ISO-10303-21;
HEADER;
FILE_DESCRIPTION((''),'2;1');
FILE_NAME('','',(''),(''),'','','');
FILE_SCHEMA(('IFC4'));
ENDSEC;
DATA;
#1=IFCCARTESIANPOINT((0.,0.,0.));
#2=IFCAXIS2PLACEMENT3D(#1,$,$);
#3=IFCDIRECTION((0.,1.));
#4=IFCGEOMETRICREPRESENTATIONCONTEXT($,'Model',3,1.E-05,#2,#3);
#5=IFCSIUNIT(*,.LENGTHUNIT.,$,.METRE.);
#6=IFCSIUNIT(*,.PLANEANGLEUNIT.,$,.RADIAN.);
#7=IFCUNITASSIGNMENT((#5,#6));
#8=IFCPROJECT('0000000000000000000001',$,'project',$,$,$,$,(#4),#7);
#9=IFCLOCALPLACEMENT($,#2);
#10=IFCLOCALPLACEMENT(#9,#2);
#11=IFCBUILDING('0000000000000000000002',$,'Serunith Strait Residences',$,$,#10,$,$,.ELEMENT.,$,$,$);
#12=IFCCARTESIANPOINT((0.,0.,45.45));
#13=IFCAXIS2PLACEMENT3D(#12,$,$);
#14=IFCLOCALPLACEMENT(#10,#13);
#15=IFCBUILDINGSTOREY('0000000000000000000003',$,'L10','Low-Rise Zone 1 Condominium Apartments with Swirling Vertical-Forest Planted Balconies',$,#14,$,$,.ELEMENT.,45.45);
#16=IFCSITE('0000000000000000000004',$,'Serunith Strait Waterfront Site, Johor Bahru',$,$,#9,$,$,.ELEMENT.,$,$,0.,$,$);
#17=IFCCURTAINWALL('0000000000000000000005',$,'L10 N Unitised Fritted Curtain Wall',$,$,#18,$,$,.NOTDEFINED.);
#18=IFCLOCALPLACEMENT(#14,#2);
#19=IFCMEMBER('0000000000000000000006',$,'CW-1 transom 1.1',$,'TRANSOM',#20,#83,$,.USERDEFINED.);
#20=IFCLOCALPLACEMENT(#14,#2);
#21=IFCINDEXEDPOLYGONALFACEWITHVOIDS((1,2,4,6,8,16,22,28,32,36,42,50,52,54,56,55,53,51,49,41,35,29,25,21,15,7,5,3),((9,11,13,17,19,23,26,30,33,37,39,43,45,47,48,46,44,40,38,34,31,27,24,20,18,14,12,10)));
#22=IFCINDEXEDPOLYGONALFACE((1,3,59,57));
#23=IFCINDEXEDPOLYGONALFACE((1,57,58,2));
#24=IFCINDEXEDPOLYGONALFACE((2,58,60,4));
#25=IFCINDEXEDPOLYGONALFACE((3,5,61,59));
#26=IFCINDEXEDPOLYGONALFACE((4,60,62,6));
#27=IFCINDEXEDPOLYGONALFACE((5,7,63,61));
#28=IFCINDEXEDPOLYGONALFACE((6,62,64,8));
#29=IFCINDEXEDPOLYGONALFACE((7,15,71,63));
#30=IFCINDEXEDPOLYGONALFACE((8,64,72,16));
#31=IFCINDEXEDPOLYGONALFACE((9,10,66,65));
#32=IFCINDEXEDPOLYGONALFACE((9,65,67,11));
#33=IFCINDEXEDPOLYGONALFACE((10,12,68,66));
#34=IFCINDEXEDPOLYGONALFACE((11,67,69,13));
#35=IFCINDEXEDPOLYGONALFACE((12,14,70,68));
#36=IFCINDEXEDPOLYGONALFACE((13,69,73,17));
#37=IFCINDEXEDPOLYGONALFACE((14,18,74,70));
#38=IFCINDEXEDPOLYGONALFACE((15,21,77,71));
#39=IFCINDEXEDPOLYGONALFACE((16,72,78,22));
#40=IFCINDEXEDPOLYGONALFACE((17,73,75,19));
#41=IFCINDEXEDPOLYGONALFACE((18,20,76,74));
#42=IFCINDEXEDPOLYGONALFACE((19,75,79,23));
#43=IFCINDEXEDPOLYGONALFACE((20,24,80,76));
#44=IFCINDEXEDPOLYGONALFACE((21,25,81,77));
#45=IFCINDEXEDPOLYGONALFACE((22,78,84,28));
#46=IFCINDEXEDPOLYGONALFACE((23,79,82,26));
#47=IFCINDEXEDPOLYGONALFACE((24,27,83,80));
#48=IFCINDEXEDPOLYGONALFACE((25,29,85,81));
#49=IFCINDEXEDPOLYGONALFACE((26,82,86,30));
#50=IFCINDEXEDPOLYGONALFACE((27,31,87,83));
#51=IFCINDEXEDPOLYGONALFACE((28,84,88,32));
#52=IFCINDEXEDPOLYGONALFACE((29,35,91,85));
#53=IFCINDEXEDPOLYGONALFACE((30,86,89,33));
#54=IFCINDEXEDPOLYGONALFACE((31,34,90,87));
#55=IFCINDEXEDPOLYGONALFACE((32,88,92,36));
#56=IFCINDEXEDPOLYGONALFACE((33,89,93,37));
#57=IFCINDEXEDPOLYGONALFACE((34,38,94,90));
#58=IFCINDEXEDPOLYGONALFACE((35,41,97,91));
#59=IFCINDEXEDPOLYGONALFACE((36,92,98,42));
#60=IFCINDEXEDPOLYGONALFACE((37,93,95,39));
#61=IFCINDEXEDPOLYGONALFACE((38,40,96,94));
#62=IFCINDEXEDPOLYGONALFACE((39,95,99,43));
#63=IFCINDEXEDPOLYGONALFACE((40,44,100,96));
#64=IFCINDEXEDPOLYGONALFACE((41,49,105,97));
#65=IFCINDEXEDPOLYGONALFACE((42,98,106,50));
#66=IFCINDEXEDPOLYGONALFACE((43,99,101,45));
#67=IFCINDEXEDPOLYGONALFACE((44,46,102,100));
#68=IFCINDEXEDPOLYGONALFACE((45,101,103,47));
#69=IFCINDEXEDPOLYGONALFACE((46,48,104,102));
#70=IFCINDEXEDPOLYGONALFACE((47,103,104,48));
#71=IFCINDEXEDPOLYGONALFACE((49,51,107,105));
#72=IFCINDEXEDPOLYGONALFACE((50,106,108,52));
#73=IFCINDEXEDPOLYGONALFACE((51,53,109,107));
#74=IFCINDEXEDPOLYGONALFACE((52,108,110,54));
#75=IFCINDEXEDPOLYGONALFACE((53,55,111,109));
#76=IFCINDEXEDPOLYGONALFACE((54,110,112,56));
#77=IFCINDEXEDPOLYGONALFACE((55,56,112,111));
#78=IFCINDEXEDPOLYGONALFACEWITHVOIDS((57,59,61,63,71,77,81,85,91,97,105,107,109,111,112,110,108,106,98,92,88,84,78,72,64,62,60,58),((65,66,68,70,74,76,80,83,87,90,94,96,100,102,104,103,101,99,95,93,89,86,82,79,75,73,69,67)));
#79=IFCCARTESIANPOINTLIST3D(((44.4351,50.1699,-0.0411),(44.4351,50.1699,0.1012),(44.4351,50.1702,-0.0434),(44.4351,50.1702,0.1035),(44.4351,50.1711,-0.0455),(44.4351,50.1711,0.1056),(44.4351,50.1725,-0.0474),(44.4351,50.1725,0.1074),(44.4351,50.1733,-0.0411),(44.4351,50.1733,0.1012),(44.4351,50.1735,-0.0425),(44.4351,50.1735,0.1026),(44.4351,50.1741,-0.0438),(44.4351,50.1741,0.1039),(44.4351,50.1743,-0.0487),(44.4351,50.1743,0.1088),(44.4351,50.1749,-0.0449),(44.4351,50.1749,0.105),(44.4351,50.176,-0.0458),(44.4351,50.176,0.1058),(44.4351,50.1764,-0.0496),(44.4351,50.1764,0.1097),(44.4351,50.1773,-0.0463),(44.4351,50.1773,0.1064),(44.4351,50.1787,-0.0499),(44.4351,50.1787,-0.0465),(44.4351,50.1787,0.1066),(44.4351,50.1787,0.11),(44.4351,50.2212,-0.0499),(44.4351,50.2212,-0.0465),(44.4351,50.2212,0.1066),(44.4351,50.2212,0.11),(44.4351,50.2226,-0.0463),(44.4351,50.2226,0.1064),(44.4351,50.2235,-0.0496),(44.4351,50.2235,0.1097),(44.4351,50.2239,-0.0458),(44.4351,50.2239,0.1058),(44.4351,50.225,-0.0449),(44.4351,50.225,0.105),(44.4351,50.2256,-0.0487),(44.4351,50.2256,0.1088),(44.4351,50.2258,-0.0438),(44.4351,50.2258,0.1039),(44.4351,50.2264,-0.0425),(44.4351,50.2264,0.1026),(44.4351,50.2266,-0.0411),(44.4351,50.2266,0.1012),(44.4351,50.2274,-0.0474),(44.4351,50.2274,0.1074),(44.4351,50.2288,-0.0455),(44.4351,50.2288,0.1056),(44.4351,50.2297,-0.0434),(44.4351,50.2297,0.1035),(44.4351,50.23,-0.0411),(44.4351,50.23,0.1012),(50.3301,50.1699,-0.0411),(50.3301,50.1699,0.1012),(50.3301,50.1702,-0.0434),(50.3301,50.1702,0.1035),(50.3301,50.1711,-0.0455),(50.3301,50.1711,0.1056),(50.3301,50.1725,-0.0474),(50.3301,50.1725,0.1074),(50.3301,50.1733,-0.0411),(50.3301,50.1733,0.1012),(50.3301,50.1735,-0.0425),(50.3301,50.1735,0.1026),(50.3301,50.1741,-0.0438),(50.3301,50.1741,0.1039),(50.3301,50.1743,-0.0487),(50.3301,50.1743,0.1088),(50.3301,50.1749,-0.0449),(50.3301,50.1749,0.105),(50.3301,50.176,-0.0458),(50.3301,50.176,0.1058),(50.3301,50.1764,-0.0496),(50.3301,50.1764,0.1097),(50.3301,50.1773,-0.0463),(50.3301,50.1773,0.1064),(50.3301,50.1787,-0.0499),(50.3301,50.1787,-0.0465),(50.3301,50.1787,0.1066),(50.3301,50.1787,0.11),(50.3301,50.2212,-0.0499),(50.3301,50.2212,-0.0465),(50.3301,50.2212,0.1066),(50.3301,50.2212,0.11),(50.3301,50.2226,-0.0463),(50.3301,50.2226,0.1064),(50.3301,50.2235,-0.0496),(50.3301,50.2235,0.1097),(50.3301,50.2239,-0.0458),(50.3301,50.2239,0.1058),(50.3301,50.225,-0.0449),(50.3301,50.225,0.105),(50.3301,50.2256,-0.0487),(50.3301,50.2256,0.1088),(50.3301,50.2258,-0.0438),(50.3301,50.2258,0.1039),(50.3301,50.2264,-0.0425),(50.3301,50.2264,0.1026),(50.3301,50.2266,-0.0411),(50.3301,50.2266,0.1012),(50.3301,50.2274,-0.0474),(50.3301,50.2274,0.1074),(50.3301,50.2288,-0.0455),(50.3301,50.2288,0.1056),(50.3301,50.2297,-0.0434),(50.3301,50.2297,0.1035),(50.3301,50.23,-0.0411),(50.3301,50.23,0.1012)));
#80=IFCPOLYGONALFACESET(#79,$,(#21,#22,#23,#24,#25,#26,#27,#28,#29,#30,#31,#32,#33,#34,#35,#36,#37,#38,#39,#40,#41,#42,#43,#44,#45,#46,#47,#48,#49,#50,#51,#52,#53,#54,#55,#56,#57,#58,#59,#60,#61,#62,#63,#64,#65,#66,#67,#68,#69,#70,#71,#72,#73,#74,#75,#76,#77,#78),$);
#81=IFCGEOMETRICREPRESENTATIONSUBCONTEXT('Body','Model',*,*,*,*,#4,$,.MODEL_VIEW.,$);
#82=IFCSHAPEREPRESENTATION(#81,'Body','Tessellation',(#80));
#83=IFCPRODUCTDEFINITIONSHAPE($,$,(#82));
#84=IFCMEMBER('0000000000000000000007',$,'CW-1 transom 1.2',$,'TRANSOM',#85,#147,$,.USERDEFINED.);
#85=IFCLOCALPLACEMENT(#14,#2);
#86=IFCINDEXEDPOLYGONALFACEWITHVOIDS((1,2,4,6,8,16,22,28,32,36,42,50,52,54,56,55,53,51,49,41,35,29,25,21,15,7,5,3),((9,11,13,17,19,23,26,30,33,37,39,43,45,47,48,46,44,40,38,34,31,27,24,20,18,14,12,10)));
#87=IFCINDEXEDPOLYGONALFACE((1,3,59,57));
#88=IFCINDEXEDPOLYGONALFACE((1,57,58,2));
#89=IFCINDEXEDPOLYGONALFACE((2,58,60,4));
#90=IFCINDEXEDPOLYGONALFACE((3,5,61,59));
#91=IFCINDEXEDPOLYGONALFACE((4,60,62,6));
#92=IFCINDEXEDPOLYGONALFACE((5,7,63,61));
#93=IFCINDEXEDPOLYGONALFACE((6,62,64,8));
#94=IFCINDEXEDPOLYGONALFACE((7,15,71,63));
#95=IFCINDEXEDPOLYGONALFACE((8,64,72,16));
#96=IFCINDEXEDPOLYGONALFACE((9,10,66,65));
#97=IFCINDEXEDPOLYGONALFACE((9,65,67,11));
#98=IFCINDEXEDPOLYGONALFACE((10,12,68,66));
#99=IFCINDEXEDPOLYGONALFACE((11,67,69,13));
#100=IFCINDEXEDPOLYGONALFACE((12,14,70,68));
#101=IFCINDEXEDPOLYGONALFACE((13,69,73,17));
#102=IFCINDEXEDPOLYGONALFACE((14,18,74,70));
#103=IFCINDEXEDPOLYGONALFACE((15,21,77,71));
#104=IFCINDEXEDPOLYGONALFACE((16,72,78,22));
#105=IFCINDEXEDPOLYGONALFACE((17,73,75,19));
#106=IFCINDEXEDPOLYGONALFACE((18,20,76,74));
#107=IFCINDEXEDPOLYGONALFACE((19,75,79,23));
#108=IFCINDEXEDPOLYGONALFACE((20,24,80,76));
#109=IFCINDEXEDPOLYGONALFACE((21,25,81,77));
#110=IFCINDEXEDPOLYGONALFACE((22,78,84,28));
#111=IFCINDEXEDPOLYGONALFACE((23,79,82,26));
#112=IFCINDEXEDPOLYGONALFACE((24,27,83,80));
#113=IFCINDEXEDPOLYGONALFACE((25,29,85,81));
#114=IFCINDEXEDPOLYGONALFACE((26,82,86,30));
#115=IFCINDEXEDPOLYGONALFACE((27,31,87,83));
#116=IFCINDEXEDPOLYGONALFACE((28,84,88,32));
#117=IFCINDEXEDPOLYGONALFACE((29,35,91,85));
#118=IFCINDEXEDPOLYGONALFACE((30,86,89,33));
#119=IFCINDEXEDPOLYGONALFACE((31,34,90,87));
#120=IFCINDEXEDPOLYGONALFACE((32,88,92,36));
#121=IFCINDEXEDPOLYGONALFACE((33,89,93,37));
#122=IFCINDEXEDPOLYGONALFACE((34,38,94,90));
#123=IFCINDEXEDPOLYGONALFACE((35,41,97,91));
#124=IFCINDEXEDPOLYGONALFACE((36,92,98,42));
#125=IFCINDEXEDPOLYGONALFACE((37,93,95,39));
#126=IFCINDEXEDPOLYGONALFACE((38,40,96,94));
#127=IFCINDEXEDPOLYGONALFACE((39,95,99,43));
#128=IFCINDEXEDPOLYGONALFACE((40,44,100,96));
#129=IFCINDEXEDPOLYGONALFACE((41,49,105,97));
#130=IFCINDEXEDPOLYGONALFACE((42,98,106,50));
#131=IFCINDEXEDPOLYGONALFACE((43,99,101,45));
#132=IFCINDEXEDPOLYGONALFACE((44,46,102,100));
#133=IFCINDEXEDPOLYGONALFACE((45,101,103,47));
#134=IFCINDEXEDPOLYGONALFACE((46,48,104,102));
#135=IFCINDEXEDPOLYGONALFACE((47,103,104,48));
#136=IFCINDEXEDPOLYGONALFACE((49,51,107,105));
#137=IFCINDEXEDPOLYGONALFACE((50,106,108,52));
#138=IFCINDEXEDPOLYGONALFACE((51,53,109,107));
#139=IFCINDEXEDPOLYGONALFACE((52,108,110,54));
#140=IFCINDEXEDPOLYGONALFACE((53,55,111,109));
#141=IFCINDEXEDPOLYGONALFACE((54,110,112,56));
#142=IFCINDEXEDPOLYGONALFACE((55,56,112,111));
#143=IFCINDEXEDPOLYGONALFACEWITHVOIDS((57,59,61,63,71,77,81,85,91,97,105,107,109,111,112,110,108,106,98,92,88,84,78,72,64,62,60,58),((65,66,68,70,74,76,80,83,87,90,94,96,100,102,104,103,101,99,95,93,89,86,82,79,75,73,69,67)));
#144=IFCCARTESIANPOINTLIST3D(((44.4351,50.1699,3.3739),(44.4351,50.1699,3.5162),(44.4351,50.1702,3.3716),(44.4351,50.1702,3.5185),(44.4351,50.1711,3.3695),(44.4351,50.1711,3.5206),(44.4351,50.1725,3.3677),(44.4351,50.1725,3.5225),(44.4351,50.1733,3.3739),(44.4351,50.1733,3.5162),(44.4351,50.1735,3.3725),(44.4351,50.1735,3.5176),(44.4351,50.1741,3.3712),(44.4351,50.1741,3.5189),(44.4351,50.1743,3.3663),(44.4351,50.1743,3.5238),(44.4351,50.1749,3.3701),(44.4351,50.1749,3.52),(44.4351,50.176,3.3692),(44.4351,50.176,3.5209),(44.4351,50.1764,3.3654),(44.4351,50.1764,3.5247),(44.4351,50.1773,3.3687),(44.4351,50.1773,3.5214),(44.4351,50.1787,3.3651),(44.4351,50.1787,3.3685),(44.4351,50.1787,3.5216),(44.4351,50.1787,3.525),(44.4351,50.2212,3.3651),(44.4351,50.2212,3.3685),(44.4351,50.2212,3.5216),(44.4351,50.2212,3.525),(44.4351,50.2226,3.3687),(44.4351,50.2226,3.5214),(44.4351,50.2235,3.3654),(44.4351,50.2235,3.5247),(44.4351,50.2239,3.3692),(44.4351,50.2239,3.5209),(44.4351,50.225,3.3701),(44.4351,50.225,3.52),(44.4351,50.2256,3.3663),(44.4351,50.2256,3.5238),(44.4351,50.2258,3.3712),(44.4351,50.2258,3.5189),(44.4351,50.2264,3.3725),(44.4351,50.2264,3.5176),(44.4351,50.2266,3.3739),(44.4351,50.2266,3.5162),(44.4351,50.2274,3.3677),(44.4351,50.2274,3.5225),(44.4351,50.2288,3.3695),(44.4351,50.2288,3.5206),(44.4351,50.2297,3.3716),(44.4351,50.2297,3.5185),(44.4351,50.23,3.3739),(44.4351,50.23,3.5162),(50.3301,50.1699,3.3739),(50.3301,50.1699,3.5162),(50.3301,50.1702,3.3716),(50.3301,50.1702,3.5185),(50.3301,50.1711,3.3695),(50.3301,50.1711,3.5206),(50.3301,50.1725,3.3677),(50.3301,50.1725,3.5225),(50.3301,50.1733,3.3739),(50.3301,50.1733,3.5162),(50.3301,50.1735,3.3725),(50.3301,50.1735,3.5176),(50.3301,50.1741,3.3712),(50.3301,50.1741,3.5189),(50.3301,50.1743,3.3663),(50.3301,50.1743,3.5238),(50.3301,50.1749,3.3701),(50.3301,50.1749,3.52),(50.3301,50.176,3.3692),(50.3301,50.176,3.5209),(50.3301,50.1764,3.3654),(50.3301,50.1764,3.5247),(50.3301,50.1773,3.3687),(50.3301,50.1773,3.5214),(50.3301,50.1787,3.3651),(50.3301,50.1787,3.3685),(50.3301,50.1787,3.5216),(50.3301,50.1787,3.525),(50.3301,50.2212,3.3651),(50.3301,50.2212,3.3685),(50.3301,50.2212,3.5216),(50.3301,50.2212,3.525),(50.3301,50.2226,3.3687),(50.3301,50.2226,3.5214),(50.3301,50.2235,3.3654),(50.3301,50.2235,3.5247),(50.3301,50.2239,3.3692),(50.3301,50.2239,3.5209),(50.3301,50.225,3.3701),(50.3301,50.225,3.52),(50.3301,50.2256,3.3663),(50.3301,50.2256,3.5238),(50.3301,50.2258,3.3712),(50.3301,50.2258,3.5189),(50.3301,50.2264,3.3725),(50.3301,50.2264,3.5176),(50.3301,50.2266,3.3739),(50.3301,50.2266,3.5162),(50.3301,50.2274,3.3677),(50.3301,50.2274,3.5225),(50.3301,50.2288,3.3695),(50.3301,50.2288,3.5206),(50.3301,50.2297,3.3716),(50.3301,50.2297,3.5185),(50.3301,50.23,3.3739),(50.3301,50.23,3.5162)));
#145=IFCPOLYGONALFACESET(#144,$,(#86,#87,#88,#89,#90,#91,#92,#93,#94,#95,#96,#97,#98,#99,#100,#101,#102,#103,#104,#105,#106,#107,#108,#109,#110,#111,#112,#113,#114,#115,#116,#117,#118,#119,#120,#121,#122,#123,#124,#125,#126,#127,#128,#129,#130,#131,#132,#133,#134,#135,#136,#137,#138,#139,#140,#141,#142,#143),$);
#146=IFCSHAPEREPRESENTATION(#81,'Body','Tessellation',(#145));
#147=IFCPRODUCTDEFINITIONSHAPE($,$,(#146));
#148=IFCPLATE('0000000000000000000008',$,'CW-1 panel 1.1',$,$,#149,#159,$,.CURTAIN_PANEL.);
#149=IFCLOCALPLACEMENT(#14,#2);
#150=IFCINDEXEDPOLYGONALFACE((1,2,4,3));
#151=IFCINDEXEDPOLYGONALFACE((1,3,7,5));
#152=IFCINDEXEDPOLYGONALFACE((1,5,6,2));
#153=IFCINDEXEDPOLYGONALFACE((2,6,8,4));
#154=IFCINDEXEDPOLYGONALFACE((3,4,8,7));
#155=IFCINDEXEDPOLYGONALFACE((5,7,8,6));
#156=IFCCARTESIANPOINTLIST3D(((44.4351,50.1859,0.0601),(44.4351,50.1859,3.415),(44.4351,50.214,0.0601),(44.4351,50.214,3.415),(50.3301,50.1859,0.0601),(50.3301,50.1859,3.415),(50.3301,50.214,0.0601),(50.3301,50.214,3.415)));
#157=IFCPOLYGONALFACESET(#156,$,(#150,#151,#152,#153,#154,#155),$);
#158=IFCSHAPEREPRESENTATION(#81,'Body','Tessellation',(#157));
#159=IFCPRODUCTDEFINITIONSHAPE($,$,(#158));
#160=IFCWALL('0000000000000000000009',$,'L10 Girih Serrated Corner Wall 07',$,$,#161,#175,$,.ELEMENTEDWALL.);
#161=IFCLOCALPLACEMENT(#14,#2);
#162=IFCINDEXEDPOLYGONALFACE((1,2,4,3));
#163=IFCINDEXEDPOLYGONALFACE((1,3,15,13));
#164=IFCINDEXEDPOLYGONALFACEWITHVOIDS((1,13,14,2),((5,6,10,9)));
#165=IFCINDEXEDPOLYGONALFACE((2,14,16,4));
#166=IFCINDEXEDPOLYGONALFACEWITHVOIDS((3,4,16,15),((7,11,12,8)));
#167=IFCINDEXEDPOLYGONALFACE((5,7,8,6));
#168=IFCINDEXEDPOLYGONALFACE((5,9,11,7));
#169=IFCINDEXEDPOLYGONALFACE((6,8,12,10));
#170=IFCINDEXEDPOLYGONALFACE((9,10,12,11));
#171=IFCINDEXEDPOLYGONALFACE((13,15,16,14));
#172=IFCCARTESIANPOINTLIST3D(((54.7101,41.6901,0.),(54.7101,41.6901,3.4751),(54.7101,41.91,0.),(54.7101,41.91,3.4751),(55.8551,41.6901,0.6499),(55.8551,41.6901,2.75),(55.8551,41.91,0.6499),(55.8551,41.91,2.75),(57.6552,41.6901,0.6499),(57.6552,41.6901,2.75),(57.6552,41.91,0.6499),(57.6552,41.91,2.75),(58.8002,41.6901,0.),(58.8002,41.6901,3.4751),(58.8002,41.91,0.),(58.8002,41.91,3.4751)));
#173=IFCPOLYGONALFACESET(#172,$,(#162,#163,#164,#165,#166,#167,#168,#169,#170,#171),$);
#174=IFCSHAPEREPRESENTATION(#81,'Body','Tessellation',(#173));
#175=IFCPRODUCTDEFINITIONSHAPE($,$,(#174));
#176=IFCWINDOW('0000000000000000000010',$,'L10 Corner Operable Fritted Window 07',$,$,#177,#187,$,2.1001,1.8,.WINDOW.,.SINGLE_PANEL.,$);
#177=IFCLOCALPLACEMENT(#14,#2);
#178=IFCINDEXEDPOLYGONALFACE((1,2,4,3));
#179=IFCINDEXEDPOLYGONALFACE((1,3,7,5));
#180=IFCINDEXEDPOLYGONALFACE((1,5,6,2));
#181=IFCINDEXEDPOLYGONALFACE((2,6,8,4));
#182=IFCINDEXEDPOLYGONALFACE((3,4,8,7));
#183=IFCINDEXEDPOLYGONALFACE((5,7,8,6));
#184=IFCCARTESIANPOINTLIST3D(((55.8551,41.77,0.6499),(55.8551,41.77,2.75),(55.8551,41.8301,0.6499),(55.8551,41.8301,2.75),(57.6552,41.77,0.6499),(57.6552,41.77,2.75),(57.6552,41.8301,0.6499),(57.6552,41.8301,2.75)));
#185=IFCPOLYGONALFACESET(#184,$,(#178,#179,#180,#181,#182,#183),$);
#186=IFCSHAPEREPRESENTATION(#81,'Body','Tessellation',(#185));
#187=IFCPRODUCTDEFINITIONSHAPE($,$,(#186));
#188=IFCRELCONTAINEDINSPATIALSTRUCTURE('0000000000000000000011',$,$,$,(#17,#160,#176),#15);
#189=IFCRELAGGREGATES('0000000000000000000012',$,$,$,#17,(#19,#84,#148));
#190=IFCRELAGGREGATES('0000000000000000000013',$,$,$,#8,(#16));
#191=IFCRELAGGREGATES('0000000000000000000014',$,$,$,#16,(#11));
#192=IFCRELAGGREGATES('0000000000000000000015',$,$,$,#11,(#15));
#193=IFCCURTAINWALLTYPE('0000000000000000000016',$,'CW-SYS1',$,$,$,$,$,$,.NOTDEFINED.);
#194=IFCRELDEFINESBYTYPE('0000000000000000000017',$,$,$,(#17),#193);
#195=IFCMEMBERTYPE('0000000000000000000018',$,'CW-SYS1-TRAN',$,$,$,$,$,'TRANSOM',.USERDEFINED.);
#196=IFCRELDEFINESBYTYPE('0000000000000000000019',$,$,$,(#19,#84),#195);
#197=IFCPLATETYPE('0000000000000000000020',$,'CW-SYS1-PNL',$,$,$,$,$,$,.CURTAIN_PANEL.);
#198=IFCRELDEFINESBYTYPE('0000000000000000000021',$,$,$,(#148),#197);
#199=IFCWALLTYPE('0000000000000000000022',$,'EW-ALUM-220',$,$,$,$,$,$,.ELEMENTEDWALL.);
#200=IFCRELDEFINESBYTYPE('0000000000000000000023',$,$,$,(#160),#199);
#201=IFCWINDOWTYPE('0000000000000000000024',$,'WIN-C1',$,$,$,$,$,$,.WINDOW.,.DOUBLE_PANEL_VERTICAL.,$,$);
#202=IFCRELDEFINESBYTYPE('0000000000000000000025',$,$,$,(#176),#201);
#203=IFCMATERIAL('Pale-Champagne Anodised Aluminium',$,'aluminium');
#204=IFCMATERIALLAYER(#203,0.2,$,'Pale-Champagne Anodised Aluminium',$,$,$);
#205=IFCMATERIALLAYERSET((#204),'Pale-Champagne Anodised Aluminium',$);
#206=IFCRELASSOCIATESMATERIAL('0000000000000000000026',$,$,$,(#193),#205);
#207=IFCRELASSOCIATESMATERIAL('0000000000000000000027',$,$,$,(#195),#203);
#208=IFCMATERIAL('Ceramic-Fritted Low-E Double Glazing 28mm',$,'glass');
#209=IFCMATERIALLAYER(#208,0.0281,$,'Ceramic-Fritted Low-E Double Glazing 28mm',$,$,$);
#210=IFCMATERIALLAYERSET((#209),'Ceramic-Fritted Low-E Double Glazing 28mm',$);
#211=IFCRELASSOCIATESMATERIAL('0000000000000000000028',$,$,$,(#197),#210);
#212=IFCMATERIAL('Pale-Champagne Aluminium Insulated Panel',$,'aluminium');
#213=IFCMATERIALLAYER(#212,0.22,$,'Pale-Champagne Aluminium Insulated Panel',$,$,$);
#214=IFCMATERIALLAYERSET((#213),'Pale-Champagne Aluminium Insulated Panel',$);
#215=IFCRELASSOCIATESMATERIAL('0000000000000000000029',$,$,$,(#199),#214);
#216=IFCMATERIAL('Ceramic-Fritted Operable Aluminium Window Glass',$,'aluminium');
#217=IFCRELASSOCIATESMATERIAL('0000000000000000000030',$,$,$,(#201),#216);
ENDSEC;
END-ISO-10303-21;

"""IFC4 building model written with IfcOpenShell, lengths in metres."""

from ifc_helpers import new_model, si_unit, direction, frame, frame_2d, origin, origin_2d, place, context, subcontext, project, spatial, rectangle, hollow_rectangle, extrude, source, transform, mapped, material, layer, layer_set, material_profile, profile_set, type_object, element, fill, aggregate, save


model = new_model("IFC4")

# Units and contexts
model_context = context("Model", 3, precision=1e-05, world=origin(), true_north=direction((0.0, 1.0)))
body_context = subcontext(model_context, "Body", "Model", "MODEL_VIEW")
ifc_project = project(units=[si_unit("LENGTHUNIT", "METRE"), si_unit("PLANEANGLEUNIT", "RADIAN")], contexts=[model_context])

# Site, building, storey
site_placement = place(None, origin())
site = spatial("IfcSite", under=ifc_project, at=site_placement, Name="Serunith Strait Waterfront Site, Johor Bahru", CompositionType="ELEMENT", RefElevation=0.0)
building_placement = place(site_placement, origin())
building = spatial("IfcBuilding", under=site, at=building_placement, Name="Serunith Strait Residences", CompositionType="ELEMENT")
storey_placement = place(building_placement, frame((0.0, 0.0, 45.45)))
storey = spatial("IfcBuildingStorey", under=building, at=storey_placement, Name="L10", Description="Low-Rise Zone 1 Condominium Apartments with Swirling Vertical-Forest Planted Balconies", CompositionType="ELEMENT", Elevation=45.45)

# Shared definitions
ifc_material_1 = material(Name="Pale-Champagne Anodised Aluminium", Category="aluminium")
ifc_layer_1 = layer(ifc_material_1, 0.2, Name="Pale-Champagne Anodised Aluminium")
ifc_layer_set_1 = layer_set([ifc_layer_1], Name="Pale-Champagne Anodised Aluminium")
curtain_wall_type = type_object("IfcCurtainWallType", Name="CW-SYS1", PredefinedType="NOTDEFINED", material=ifc_layer_set_1)

# Curtain wall, members, plate
curtain_wall_1_placement = place(storey_placement, origin())
curtain_wall_1 = element("IfcCurtainWall", 1, at=curtain_wall_1_placement, inside=storey, type_object=curtain_wall_type, Name="L10 N Unitised Fritted Curtain Wall", PredefinedType="NOTDEFINED")
ifc_material_profile_1 = material_profile(ifc_material_1, hollow_rectangle(XDim=0.0601, YDim=0.1599, WallThickness=0.0034, InnerFilletRadius=0.0054, OuterFilletRadius=0.0088, at=origin_2d()), Name="ALU 160x60x3.5")
ifc_profile_set_1 = profile_set([ifc_material_profile_1], Name="Pale-Champagne Anodised Aluminium")
member_type_1 = type_object("IfcMemberType", Name="CW-SYS1-TRAN", ElementType="TRANSOM", PredefinedType="USERDEFINED", material=ifc_profile_set_1)
shared_shape_1 = source(origin(), body_context, "Body", "SweptSolid", [
    extrude(hollow_rectangle(XDim=0.0601, YDim=0.1599, WallThickness=0.0034, InnerFilletRadius=0.0054, OuterFilletRadius=0.0088, at=origin_2d()), origin(), (0.0, 0.0, 1.0), 5.895),
])
member_1_placement = place(storey_placement, frame((50.3301, 50.2, 0.03), z_axis=(-1.0, 0.0, 0.0), x_axis=(0.0, -1.0, 0.0)))
member_1 = element("IfcMember", 2, at=member_1_placement, type_object=member_type_1, Name="CW-1 transom 1.1", ObjectType="TRANSOM", PredefinedType="USERDEFINED", context=body_context, shape_type="MappedRepresentation", body=[
    mapped(shared_shape_1, transform((0.0, 0.0, 0.0), scale=1.0)),
])
member_2_placement = place(storey_placement, frame((50.3301, 50.2, 3.4451), z_axis=(-1.0, 0.0, 0.0), x_axis=(0.0, -1.0, 0.0)))
member_2 = element("IfcMember", 3, at=member_2_placement, type_object=member_type_1, Name="CW-1 transom 1.2", ObjectType="TRANSOM", PredefinedType="USERDEFINED", context=body_context, shape_type="MappedRepresentation", body=[
    mapped(shared_shape_1, transform((0.0, 0.0, 0.0), scale=1.0)),
])
ifc_material_2 = material(Name="Ceramic-Fritted Low-E Double Glazing 28mm", Category="glass")
ifc_layer_2 = layer(ifc_material_2, 0.0281, Name="Ceramic-Fritted Low-E Double Glazing 28mm")
ifc_layer_set_2 = layer_set([ifc_layer_2], Name="Ceramic-Fritted Low-E Double Glazing 28mm")
plate_type = type_object("IfcPlateType", Name="CW-SYS1-PNL", PredefinedType="CURTAIN_PANEL", material=ifc_layer_set_2)
shared_shape_2 = source(origin(), body_context, "Body", "SweptSolid", [
    extrude(rectangle(XDim=5.895, YDim=0.0281, at=origin_2d()), origin(), (0.0, 0.0, 1.0), 3.355),
])
plate_placement = place(storey_placement, frame((47.3826, 50.2, 0.0601), z_axis=(0.0, 0.0, 1.0), x_axis=(-1.0, 0.0, 0.0)))
plate = element("IfcPlate", 4, at=plate_placement, type_object=plate_type, Name="CW-1 panel 1.1", PredefinedType="CURTAIN_PANEL", context=body_context, shape_type="MappedRepresentation", body=[
    mapped(shared_shape_2, transform((0.0, 0.0, 0.0), scale=1.0)),
])
aggregate(curtain_wall_1, [member_1, member_2, plate])

# Wall, opening, window
ifc_material_3 = material(Name="Pale-Champagne Aluminium Insulated Panel", Category="aluminium")
ifc_layer_3 = layer(ifc_material_3, 0.22, Name="Pale-Champagne Aluminium Insulated Panel")
ifc_layer_set_3 = layer_set([ifc_layer_3], Name="Pale-Champagne Aluminium Insulated Panel")
wall_type_1 = type_object("IfcWallType", Name="EW-ALUM-220", PredefinedType="ELEMENTEDWALL", material=ifc_layer_set_3)
wall_1_placement = place(storey_placement, frame((58.8, 41.8, 0.0), z_axis=(0.0, 0.0, 1.0), x_axis=(-1.0, 0.0, 0.0)))
wall_1 = element("IfcWall", 5, at=wall_1_placement, inside=storey, type_object=wall_type_1, Name="L10 Girih Serrated Corner Wall 07", PredefinedType="ELEMENTEDWALL", context=body_context, shape_type="SweptSolid", body=[
    extrude(rectangle(XDim=4.0901, YDim=0.22, at=frame_2d((2.0449, 0.0))), origin(), (0.0, 0.0, 1.0), 3.4751),
])
opening_1_placement = place(wall_1_placement, frame((1.145, 0.0, 0.6499)))
opening_1 = element("IfcOpeningElement", 6, at=opening_1_placement, cuts=wall_1, PredefinedType="OPENING", context=body_context, shape_type="SweptSolid", body=[
    extrude(rectangle(XDim=1.8, YDim=2.1001, at=frame_2d((0.8999, 1.05))), frame((0.0, 0.1201, 0.0), z_axis=(0.0, -1.0, 0.0), x_axis=(1.0, 0.0, 0.0)), (0.0, 0.0, 1.0), 0.24),
])
ifc_material_4 = material(Name="Ceramic-Fritted Operable Aluminium Window Glass", Category="aluminium")
window_type = type_object("IfcWindowType", Name="WIN-C1", PartitioningType="DOUBLE_PANEL_VERTICAL", PredefinedType="WINDOW", material=ifc_material_4)
shared_shape_3 = source(origin(), body_context, "Body", "SweptSolid", [
    extrude(rectangle(XDim=1.8, YDim=2.1001, at=frame_2d((0.8999, 1.05))), frame((0.0, 0.03, 0.0), z_axis=(0.0, -1.0, 0.0), x_axis=(1.0, 0.0, 0.0)), (0.0, 0.0, 1.0), 0.0601),
])
window_1_placement = place(opening_1_placement, origin())
window_1 = element("IfcWindow", 7, at=window_1_placement, inside=storey, type_object=window_type, Name="L10 Corner Operable Fritted Window 07", OverallHeight=2.1001, OverallWidth=1.8, PartitioningType="SINGLE_PANEL", PredefinedType="WINDOW", context=body_context, shape_type="MappedRepresentation", body=[
    mapped(shared_shape_3, transform((0.0, 0.0, 0.0), scale=1.0)),
])
fill(opening_1, window_1)

save(model, "model.ifc")
